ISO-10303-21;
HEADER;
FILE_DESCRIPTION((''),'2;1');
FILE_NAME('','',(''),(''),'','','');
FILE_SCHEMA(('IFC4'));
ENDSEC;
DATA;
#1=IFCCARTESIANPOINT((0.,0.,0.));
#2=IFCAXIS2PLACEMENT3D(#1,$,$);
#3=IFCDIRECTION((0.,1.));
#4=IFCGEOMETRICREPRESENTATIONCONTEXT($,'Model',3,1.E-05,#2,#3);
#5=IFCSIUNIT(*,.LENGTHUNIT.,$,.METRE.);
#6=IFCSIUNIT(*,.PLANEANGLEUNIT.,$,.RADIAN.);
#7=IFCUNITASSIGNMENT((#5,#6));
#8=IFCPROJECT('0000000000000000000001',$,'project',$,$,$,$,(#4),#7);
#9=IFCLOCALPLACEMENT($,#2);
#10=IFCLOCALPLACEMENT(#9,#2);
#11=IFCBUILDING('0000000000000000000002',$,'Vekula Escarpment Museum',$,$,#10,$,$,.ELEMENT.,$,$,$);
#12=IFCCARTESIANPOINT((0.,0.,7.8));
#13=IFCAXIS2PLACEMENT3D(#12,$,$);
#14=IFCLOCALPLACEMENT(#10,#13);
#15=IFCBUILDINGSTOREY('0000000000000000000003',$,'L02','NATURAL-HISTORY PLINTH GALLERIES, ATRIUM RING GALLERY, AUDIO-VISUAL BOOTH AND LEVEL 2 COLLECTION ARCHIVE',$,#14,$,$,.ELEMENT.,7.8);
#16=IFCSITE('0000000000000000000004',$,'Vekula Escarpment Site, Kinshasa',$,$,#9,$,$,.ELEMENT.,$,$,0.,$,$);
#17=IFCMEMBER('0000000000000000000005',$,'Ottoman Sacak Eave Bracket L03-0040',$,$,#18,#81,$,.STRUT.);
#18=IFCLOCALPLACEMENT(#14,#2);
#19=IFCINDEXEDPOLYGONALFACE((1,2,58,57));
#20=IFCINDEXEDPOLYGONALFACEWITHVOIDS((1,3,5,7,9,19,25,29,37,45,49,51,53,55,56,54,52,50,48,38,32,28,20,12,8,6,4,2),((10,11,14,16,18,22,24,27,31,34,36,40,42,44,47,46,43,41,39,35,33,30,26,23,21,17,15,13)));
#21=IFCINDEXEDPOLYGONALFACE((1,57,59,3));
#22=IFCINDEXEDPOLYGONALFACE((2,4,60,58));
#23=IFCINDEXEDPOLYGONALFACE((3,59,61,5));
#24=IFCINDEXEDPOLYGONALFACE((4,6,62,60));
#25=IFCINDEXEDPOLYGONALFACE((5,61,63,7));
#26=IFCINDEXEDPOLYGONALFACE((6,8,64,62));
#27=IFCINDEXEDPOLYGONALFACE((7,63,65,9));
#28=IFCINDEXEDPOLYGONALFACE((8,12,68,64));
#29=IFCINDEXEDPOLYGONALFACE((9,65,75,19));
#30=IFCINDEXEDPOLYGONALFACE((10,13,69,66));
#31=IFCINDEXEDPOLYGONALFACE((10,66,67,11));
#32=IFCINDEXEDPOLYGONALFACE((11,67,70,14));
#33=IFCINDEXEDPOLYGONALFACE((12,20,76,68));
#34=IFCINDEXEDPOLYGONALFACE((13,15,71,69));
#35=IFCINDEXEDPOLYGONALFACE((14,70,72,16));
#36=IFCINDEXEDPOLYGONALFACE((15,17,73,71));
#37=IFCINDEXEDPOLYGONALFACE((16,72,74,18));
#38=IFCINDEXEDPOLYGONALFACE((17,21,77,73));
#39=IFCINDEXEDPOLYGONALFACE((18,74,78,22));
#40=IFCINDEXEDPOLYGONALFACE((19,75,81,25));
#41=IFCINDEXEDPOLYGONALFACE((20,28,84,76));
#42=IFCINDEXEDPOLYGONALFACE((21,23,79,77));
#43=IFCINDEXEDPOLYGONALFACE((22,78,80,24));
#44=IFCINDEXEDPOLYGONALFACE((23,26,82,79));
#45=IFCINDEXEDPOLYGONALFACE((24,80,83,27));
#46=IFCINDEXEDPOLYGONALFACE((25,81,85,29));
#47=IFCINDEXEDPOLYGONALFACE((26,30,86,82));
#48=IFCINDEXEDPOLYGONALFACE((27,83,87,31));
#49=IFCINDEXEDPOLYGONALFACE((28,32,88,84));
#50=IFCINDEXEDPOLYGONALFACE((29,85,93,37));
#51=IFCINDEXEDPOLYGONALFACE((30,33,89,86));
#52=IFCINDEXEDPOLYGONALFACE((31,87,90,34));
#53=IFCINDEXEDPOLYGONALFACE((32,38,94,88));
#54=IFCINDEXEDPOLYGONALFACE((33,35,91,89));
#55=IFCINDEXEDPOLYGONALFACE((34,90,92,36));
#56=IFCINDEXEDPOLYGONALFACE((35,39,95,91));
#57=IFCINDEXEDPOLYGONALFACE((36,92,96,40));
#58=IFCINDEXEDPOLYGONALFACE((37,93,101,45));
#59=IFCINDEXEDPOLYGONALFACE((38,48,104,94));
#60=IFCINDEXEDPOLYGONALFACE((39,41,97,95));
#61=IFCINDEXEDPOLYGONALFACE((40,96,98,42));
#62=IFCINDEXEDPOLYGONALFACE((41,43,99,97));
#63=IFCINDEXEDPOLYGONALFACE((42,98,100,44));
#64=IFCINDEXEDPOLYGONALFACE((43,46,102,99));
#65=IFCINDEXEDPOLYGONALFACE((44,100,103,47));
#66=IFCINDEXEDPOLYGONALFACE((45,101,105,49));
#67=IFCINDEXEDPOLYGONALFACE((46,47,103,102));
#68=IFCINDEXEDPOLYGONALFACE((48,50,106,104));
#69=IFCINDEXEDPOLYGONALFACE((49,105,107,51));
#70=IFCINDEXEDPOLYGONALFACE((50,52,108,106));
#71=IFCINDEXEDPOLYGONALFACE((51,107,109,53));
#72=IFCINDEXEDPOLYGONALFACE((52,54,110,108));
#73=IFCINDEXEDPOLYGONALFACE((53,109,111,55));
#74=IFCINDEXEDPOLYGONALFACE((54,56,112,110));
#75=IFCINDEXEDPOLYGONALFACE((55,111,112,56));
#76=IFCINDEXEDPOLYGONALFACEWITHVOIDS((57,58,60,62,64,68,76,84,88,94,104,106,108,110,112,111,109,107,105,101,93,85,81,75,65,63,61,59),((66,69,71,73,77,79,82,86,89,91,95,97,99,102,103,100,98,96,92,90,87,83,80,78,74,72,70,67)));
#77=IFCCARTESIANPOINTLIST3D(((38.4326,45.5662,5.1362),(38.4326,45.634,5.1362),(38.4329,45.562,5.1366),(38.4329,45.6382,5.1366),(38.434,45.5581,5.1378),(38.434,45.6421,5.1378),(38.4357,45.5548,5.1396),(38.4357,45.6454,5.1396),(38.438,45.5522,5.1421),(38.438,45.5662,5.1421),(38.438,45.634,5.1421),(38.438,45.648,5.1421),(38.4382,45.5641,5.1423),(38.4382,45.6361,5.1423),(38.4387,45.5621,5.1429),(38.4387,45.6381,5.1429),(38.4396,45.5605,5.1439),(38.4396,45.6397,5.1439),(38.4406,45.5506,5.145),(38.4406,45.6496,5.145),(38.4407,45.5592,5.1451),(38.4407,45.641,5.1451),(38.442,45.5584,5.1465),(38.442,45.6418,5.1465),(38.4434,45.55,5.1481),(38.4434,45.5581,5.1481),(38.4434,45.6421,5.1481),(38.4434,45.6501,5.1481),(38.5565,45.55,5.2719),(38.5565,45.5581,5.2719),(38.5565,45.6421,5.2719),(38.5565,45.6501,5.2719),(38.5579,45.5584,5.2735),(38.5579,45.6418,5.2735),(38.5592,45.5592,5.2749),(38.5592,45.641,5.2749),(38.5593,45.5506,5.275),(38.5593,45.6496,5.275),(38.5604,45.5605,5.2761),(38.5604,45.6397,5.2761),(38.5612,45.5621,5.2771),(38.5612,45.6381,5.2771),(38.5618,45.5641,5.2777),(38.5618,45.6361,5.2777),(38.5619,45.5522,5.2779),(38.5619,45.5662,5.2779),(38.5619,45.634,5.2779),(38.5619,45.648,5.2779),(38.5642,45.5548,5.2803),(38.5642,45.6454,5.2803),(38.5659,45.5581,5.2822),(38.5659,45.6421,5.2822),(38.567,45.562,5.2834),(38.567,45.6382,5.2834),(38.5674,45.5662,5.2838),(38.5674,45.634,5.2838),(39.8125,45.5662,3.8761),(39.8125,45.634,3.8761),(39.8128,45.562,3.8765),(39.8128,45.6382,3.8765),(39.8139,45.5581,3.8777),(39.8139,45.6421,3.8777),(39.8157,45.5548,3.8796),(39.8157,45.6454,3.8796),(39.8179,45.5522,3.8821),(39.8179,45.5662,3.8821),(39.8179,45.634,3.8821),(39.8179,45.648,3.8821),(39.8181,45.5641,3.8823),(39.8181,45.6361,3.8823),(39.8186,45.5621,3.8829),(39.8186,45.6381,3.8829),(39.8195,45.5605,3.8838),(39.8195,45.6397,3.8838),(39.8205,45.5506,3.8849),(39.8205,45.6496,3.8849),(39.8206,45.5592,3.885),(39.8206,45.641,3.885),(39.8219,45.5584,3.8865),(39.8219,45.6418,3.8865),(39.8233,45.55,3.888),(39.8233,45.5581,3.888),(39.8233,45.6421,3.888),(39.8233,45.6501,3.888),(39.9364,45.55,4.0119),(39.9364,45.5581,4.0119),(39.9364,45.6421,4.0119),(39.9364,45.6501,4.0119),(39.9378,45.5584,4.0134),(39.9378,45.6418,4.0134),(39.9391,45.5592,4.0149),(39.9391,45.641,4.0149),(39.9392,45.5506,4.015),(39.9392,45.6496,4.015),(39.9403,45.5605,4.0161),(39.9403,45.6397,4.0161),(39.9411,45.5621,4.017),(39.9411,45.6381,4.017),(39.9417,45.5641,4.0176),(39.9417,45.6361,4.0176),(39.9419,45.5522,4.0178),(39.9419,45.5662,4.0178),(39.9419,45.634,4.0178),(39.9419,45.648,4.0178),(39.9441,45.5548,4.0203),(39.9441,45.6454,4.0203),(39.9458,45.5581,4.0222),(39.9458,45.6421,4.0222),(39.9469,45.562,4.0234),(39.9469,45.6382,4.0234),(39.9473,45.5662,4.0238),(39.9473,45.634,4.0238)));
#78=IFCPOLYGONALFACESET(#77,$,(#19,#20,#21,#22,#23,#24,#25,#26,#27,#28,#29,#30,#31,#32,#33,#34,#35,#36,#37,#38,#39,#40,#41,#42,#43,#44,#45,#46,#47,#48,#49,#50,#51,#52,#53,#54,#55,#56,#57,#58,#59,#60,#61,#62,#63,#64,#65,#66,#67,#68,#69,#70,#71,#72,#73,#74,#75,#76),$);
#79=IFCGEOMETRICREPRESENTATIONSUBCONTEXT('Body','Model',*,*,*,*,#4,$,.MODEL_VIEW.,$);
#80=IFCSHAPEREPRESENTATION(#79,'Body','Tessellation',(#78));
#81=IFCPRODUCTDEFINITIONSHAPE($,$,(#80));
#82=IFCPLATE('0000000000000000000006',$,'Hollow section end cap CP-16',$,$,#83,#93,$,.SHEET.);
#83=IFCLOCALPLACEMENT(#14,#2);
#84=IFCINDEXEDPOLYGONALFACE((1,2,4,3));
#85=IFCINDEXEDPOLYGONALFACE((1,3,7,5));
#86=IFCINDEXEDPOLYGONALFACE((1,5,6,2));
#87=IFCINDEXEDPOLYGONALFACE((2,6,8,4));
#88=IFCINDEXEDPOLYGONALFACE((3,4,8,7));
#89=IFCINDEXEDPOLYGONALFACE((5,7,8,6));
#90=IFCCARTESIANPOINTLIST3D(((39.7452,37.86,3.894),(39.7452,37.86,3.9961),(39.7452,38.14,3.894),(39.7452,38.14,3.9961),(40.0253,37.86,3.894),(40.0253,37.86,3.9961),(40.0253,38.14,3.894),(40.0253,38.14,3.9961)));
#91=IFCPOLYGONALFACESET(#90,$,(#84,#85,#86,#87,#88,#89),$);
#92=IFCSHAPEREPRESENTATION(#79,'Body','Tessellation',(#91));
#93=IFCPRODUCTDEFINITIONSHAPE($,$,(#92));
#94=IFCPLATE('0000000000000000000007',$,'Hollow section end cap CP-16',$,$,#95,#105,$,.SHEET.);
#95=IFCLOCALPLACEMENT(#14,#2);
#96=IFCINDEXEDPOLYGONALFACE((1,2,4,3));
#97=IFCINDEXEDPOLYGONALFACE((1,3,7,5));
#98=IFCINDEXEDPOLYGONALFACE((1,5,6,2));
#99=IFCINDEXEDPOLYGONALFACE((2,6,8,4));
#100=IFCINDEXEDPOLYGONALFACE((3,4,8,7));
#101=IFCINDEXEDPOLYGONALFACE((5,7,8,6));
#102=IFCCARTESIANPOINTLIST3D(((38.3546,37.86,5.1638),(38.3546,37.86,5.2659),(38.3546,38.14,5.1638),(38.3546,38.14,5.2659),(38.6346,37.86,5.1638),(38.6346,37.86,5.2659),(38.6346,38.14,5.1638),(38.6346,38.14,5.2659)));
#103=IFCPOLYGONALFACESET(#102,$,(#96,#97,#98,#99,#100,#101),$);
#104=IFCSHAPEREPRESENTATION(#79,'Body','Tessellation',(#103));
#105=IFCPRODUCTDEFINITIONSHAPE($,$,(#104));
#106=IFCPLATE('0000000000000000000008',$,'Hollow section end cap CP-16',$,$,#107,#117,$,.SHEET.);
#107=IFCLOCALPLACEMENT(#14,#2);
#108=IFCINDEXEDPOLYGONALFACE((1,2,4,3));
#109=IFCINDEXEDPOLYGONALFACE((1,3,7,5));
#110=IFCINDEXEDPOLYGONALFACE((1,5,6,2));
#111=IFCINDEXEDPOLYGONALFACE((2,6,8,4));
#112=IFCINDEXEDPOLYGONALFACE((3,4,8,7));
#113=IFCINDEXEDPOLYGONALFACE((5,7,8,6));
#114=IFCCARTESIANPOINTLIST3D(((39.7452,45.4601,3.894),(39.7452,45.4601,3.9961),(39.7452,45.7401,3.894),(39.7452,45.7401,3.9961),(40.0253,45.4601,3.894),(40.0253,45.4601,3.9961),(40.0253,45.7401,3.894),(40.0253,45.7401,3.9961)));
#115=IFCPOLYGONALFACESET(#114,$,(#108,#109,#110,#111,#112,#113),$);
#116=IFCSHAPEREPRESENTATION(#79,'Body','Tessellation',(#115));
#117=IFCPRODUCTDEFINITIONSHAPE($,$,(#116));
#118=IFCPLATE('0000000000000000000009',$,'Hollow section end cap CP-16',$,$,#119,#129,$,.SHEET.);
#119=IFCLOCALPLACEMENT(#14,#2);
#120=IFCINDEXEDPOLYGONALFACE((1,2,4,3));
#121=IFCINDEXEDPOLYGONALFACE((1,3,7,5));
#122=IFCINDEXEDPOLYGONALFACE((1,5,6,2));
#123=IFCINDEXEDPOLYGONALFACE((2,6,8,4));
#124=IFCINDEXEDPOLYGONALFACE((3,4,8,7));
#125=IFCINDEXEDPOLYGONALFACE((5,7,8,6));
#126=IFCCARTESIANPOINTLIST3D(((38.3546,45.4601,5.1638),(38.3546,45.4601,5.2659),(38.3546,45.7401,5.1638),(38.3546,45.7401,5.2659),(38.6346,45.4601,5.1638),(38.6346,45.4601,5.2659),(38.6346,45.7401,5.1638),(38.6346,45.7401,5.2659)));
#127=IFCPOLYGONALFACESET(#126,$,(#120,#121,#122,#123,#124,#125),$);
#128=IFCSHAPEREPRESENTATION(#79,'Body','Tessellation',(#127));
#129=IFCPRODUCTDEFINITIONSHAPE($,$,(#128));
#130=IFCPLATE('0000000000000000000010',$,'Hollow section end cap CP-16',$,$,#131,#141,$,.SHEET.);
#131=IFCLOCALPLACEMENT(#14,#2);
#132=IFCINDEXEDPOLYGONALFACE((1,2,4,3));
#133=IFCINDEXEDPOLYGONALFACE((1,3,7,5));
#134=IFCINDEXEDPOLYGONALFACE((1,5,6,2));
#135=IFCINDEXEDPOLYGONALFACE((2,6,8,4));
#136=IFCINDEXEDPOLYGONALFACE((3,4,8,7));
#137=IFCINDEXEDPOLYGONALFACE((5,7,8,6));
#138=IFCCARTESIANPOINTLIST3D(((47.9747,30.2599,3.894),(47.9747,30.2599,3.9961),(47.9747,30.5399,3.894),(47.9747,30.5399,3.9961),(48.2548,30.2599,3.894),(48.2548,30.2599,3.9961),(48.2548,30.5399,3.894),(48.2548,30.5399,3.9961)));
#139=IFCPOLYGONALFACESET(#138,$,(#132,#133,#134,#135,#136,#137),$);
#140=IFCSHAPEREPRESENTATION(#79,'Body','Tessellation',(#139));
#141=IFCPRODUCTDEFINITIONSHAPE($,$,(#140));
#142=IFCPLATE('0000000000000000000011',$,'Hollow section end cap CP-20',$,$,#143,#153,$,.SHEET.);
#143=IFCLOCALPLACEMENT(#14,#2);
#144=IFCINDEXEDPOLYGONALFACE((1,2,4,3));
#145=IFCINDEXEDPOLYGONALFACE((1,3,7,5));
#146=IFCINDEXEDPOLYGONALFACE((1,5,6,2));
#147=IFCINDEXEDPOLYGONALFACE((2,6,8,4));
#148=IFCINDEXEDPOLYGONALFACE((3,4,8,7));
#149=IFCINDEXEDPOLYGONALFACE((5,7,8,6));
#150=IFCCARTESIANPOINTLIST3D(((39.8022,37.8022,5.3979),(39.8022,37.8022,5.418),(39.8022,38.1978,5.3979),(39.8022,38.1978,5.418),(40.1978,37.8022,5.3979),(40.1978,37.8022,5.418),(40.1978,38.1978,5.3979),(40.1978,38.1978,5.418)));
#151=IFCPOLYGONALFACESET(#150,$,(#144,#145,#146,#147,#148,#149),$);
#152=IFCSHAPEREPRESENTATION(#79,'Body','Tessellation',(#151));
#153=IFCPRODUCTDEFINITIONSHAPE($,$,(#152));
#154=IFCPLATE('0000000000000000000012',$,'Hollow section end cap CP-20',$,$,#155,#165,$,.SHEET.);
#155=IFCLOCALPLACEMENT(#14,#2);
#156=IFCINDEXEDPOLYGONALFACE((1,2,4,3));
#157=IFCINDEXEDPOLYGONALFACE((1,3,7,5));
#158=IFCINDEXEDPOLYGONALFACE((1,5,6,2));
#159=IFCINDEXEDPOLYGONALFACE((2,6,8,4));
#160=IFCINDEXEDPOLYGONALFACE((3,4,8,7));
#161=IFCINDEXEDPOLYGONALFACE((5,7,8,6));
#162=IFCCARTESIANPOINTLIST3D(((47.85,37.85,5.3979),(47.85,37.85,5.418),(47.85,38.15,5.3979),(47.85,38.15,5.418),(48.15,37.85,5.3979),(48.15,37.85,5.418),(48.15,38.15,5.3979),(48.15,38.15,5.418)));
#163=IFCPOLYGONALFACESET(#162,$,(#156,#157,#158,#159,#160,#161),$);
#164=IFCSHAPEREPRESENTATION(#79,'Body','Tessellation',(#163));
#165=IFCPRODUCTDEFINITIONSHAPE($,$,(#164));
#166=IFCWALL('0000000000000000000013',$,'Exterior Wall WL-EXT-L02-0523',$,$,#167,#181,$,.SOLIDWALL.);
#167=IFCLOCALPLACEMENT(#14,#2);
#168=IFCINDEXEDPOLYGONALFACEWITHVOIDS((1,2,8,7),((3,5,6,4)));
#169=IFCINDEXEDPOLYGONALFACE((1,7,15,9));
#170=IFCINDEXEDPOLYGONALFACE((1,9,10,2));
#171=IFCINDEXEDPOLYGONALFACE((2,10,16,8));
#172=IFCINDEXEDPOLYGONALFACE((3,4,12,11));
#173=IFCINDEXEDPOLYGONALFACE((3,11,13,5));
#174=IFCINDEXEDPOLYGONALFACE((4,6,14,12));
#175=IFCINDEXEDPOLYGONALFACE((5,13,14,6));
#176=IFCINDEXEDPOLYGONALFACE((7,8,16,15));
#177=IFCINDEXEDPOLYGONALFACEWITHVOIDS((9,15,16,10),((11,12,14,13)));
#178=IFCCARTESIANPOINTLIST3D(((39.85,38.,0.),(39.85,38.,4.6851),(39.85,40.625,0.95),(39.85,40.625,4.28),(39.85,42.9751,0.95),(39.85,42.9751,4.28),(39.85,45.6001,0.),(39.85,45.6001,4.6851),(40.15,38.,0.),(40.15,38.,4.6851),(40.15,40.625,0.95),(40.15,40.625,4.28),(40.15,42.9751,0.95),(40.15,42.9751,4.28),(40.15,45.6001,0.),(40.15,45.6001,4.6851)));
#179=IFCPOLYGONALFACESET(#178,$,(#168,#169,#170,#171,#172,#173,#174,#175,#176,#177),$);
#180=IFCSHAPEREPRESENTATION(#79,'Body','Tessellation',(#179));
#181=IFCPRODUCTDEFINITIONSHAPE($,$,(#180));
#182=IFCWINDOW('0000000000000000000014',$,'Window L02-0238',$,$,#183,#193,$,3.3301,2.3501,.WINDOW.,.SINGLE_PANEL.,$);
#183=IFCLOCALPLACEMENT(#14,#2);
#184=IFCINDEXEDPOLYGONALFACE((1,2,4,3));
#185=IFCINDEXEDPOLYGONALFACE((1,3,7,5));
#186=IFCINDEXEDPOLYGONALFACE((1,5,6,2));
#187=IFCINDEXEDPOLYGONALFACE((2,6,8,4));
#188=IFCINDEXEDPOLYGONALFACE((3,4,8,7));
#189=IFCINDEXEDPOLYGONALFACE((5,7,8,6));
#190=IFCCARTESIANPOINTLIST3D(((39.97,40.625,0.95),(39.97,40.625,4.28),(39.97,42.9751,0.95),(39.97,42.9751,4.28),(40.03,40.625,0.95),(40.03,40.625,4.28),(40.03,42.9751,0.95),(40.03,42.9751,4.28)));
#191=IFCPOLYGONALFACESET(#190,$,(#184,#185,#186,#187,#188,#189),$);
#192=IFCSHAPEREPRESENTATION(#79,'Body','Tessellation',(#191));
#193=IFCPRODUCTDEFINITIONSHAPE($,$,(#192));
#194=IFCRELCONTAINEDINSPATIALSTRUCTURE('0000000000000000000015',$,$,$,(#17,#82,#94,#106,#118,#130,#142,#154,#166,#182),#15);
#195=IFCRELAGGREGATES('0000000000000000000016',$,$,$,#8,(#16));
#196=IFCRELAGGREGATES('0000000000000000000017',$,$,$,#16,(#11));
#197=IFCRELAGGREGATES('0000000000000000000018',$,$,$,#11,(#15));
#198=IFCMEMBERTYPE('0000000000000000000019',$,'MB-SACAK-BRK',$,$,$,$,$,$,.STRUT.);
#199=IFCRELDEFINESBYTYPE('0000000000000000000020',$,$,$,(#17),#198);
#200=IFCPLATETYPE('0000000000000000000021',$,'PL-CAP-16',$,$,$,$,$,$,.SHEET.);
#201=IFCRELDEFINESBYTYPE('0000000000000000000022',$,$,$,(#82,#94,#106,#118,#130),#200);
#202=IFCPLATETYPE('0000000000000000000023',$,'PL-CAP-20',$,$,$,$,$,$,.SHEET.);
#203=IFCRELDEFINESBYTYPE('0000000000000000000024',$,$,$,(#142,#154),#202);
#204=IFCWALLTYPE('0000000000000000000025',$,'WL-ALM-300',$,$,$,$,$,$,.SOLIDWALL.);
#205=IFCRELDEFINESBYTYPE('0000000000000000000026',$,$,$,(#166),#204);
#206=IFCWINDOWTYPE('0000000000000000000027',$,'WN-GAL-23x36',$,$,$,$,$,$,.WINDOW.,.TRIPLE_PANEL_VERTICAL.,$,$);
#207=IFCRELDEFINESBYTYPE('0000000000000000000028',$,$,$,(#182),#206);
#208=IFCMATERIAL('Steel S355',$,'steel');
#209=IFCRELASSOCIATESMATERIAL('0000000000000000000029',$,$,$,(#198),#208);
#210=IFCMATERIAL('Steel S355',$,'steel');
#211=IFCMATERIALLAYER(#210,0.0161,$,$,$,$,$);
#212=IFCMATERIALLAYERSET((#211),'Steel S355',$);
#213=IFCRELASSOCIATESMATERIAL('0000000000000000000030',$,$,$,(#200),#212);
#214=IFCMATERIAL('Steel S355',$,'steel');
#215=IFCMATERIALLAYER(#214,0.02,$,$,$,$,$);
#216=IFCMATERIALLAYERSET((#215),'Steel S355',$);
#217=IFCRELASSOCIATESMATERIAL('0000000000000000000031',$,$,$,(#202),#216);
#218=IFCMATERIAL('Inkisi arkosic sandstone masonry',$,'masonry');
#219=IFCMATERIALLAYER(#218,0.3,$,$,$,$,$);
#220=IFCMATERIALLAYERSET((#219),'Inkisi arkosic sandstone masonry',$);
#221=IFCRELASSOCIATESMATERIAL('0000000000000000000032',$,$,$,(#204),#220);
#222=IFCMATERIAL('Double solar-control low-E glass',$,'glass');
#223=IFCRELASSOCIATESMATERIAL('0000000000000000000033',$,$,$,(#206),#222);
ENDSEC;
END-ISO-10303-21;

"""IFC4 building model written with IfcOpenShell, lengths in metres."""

from ifc_helpers import new_model, si_unit, direction, frame, frame_2d, origin, origin_2d, place, context, subcontext, project, spatial, rectangle, hollow_rectangle, extrude, material, layer, layer_set, material_profile, profile_set, type_object, element, fill, save


model = new_model("IFC4")

# Units and contexts
model_context = context("Model", 3, precision=1e-05, world=origin(), true_north=direction((0.0, 1.0)))
body_context = subcontext(model_context, "Body", "Model", "MODEL_VIEW")
ifc_project = project(units=[si_unit("LENGTHUNIT", "METRE"), si_unit("PLANEANGLEUNIT", "RADIAN")], contexts=[model_context])

# Site, building, storey
site_placement = place(None, origin())
site = spatial("IfcSite", under=ifc_project, at=site_placement, Name="Vekula Escarpment Site, Kinshasa", CompositionType="ELEMENT", RefElevation=0.0)
building_placement = place(site_placement, origin())
building = spatial("IfcBuilding", under=site, at=building_placement, Name="Vekula Escarpment Museum", CompositionType="ELEMENT")
storey_placement = place(building_placement, frame((0.0, 0.0, 7.8)))
storey = spatial("IfcBuildingStorey", under=building, at=storey_placement, Name="L02", Description="NATURAL-HISTORY PLINTH GALLERIES, ATRIUM RING GALLERY, AUDIO-VISUAL BOOTH AND LEVEL 2 COLLECTION ARCHIVE", CompositionType="ELEMENT", Elevation=7.8)

# Member
ifc_material_1 = material(Name="Steel S355", Category="steel")
ifc_material_profile_1 = material_profile(ifc_material_1, hollow_rectangle(XDim=0.1001, YDim=0.2, WallThickness=0.0081, InnerFilletRadius=0.0081, OuterFilletRadius=0.0161, at=origin_2d()), Name="RHS 200x100x8")
ifc_profile_set_1 = profile_set([ifc_material_profile_1], Name="Steel S355")
member_type = type_object("IfcMemberType", Name="MB-SACAK-BRK", PredefinedType="STRUT", material=ifc_profile_set_1)
for number, where, z_axis, x_axis, name in (
    (1, (39.8799, 45.6001, 3.95), (-0.738454, 0.0, 0.674303), (0.0, -1.0, 0.0), "Ottoman Sacak Eave Bracket L03-0040"),
):
    element("IfcMember", number, at=place(storey_placement, frame(where, z_axis=z_axis, x_axis=x_axis)), inside=storey, type_object=member_type, Name=name, PredefinedType="STRUT", context=body_context, shape_type="SweptSolid", body=[
        extrude(hollow_rectangle(XDim=0.1001, YDim=0.2, WallThickness=0.0081, InnerFilletRadius=0.0081, OuterFilletRadius=0.0161, at=origin_2d()), origin(), (0.0, 0.0, 1.0), 1.8687),
    ])

# Plates
ifc_material_2 = material(Name="Steel S355", Category="steel")
ifc_layer_1 = layer(ifc_material_2, 0.0161)
ifc_layer_set_1 = layer_set([ifc_layer_1], Name="Steel S355")
plate_type_1 = type_object("IfcPlateType", Name="PL-CAP-16", PredefinedType="SHEET", material=ifc_layer_set_1)
for number, where, z_axis, x_axis, name in (
    (2, (39.8853, 38.0, 3.894), (0.0, 0.0, 1.0), (1.0, 0.0, 0.0), "Hollow section end cap CP-16"),
    (3, (38.4946, 38.0, 5.1638), (0.0, 0.0, 1.0), (1.0, 0.0, 0.0), "Hollow section end cap CP-16"),
    (4, (39.8853, 45.6001, 3.894), (0.0, 0.0, 1.0), (1.0, 0.0, 0.0), "Hollow section end cap CP-16"),
    (5, (38.4946, 45.6001, 5.1638), (0.0, 0.0, 1.0), (1.0, 0.0, 0.0), "Hollow section end cap CP-16"),
    (6, (48.1147, 30.3999, 3.894), (0.0, 0.0, 1.0), (1.0, 0.0, 0.0), "Hollow section end cap CP-16"),
):
    element("IfcPlate", number, at=place(storey_placement, frame(where, z_axis=z_axis, x_axis=x_axis)), inside=storey, type_object=plate_type_1, Name=name, PredefinedType="SHEET", context=body_context, shape_type="SweptSolid", body=[
        extrude(rectangle(XDim=0.28, YDim=0.28, at=origin_2d()), origin(), (0.0, 0.0, 1.0), 0.1021),
    ])
ifc_material_3 = material(Name="Steel S355", Category="steel")
ifc_layer_2 = layer(ifc_material_3, 0.02)
ifc_layer_set_2 = layer_set([ifc_layer_2], Name="Steel S355")
plate_type_2 = type_object("IfcPlateType", Name="PL-CAP-20", PredefinedType="SHEET", material=ifc_layer_set_2)
plate_1_placement = place(storey_placement, frame((40.0, 38.0, 5.3979), z_axis=(0.0, 0.0, 1.0), x_axis=(1.0, 0.0, 0.0)))
element("IfcPlate", 7, at=plate_1_placement, inside=storey, type_object=plate_type_2, Name="Hollow section end cap CP-20", PredefinedType="SHEET", context=body_context, shape_type="SweptSolid", body=[
    extrude(rectangle(XDim=0.3955, YDim=0.3955, at=origin_2d()), origin(), (0.0, 0.0, 1.0), 0.02),
])
plate_2_placement = place(storey_placement, frame((48.0, 38.0, 5.3979), z_axis=(0.0, 0.0, 1.0), x_axis=(1.0, 0.0, 0.0)))
element("IfcPlate", 8, at=plate_2_placement, inside=storey, type_object=plate_type_2, Name="Hollow section end cap CP-20", PredefinedType="SHEET", context=body_context, shape_type="SweptSolid", body=[
    extrude(rectangle(XDim=0.3, YDim=0.3, at=origin_2d()), origin(), (0.0, 0.0, 1.0), 0.02),
])

# Wall, opening, window
ifc_material_4 = material(Name="Inkisi arkosic sandstone masonry", Category="masonry")
ifc_layer_3 = layer(ifc_material_4, 0.3)
ifc_layer_set_3 = layer_set([ifc_layer_3], Name="Inkisi arkosic sandstone masonry")
wall_type_1 = type_object("IfcWallType", Name="WL-ALM-300", PredefinedType="SOLIDWALL", material=ifc_layer_set_3)
wall_1_placement = place(storey_placement, frame((40.0, 38.0, 0.0), z_axis=(0.0, 0.0, 1.0), x_axis=(0.0, 1.0, 0.0)))
wall_1 = element("IfcWall", 9, at=wall_1_placement, inside=storey, type_object=wall_type_1, Name="Exterior Wall WL-EXT-L02-0523", PredefinedType="SOLIDWALL", context=body_context, shape_type="SweptSolid", body=[
    extrude(rectangle(XDim=7.6001, YDim=0.3, at=frame_2d((3.8, 0.0))), origin(), (0.0, 0.0, 1.0), 4.6851),
])
opening_1_placement = place(wall_1_placement, frame((2.625, 0.0, 0.95)))
opening_1 = element("IfcOpeningElement", 10, at=opening_1_placement, cuts=wall_1, PredefinedType="OPENING", context=body_context, shape_type="SweptSolid", body=[
    extrude(rectangle(XDim=2.3501, YDim=3.3301, at=frame_2d((1.175, 1.665))), frame((0.0, 0.1599, 0.0), z_axis=(0.0, -1.0, 0.0), x_axis=(1.0, 0.0, 0.0)), (0.0, 0.0, 1.0), 0.3201),
])
ifc_material_5 = material(Name="Double solar-control low-E glass", Category="glass")
window_type_1 = type_object("IfcWindowType", Name="WN-GAL-23x36", PartitioningType="TRIPLE_PANEL_VERTICAL", PredefinedType="WINDOW", material=ifc_material_5)
window_1_placement = place(opening_1_placement, origin())
window_1 = element("IfcWindow", 11, at=window_1_placement, inside=storey, type_object=window_type_1, Name="Window L02-0238", OverallHeight=3.3301, OverallWidth=2.3501, PartitioningType="SINGLE_PANEL", PredefinedType="WINDOW", context=body_context, shape_type="SweptSolid", body=[
    extrude(rectangle(XDim=2.3501, YDim=3.3301, at=frame_2d((1.175, 1.665))), frame((0.0, 0.03, 0.0), z_axis=(0.0, -1.0, 0.0), x_axis=(1.0, 0.0, 0.0)), (0.0, 0.0, 1.0), 0.0601),
])
fill(opening_1, window_1)

save(model, "model.ifc")
